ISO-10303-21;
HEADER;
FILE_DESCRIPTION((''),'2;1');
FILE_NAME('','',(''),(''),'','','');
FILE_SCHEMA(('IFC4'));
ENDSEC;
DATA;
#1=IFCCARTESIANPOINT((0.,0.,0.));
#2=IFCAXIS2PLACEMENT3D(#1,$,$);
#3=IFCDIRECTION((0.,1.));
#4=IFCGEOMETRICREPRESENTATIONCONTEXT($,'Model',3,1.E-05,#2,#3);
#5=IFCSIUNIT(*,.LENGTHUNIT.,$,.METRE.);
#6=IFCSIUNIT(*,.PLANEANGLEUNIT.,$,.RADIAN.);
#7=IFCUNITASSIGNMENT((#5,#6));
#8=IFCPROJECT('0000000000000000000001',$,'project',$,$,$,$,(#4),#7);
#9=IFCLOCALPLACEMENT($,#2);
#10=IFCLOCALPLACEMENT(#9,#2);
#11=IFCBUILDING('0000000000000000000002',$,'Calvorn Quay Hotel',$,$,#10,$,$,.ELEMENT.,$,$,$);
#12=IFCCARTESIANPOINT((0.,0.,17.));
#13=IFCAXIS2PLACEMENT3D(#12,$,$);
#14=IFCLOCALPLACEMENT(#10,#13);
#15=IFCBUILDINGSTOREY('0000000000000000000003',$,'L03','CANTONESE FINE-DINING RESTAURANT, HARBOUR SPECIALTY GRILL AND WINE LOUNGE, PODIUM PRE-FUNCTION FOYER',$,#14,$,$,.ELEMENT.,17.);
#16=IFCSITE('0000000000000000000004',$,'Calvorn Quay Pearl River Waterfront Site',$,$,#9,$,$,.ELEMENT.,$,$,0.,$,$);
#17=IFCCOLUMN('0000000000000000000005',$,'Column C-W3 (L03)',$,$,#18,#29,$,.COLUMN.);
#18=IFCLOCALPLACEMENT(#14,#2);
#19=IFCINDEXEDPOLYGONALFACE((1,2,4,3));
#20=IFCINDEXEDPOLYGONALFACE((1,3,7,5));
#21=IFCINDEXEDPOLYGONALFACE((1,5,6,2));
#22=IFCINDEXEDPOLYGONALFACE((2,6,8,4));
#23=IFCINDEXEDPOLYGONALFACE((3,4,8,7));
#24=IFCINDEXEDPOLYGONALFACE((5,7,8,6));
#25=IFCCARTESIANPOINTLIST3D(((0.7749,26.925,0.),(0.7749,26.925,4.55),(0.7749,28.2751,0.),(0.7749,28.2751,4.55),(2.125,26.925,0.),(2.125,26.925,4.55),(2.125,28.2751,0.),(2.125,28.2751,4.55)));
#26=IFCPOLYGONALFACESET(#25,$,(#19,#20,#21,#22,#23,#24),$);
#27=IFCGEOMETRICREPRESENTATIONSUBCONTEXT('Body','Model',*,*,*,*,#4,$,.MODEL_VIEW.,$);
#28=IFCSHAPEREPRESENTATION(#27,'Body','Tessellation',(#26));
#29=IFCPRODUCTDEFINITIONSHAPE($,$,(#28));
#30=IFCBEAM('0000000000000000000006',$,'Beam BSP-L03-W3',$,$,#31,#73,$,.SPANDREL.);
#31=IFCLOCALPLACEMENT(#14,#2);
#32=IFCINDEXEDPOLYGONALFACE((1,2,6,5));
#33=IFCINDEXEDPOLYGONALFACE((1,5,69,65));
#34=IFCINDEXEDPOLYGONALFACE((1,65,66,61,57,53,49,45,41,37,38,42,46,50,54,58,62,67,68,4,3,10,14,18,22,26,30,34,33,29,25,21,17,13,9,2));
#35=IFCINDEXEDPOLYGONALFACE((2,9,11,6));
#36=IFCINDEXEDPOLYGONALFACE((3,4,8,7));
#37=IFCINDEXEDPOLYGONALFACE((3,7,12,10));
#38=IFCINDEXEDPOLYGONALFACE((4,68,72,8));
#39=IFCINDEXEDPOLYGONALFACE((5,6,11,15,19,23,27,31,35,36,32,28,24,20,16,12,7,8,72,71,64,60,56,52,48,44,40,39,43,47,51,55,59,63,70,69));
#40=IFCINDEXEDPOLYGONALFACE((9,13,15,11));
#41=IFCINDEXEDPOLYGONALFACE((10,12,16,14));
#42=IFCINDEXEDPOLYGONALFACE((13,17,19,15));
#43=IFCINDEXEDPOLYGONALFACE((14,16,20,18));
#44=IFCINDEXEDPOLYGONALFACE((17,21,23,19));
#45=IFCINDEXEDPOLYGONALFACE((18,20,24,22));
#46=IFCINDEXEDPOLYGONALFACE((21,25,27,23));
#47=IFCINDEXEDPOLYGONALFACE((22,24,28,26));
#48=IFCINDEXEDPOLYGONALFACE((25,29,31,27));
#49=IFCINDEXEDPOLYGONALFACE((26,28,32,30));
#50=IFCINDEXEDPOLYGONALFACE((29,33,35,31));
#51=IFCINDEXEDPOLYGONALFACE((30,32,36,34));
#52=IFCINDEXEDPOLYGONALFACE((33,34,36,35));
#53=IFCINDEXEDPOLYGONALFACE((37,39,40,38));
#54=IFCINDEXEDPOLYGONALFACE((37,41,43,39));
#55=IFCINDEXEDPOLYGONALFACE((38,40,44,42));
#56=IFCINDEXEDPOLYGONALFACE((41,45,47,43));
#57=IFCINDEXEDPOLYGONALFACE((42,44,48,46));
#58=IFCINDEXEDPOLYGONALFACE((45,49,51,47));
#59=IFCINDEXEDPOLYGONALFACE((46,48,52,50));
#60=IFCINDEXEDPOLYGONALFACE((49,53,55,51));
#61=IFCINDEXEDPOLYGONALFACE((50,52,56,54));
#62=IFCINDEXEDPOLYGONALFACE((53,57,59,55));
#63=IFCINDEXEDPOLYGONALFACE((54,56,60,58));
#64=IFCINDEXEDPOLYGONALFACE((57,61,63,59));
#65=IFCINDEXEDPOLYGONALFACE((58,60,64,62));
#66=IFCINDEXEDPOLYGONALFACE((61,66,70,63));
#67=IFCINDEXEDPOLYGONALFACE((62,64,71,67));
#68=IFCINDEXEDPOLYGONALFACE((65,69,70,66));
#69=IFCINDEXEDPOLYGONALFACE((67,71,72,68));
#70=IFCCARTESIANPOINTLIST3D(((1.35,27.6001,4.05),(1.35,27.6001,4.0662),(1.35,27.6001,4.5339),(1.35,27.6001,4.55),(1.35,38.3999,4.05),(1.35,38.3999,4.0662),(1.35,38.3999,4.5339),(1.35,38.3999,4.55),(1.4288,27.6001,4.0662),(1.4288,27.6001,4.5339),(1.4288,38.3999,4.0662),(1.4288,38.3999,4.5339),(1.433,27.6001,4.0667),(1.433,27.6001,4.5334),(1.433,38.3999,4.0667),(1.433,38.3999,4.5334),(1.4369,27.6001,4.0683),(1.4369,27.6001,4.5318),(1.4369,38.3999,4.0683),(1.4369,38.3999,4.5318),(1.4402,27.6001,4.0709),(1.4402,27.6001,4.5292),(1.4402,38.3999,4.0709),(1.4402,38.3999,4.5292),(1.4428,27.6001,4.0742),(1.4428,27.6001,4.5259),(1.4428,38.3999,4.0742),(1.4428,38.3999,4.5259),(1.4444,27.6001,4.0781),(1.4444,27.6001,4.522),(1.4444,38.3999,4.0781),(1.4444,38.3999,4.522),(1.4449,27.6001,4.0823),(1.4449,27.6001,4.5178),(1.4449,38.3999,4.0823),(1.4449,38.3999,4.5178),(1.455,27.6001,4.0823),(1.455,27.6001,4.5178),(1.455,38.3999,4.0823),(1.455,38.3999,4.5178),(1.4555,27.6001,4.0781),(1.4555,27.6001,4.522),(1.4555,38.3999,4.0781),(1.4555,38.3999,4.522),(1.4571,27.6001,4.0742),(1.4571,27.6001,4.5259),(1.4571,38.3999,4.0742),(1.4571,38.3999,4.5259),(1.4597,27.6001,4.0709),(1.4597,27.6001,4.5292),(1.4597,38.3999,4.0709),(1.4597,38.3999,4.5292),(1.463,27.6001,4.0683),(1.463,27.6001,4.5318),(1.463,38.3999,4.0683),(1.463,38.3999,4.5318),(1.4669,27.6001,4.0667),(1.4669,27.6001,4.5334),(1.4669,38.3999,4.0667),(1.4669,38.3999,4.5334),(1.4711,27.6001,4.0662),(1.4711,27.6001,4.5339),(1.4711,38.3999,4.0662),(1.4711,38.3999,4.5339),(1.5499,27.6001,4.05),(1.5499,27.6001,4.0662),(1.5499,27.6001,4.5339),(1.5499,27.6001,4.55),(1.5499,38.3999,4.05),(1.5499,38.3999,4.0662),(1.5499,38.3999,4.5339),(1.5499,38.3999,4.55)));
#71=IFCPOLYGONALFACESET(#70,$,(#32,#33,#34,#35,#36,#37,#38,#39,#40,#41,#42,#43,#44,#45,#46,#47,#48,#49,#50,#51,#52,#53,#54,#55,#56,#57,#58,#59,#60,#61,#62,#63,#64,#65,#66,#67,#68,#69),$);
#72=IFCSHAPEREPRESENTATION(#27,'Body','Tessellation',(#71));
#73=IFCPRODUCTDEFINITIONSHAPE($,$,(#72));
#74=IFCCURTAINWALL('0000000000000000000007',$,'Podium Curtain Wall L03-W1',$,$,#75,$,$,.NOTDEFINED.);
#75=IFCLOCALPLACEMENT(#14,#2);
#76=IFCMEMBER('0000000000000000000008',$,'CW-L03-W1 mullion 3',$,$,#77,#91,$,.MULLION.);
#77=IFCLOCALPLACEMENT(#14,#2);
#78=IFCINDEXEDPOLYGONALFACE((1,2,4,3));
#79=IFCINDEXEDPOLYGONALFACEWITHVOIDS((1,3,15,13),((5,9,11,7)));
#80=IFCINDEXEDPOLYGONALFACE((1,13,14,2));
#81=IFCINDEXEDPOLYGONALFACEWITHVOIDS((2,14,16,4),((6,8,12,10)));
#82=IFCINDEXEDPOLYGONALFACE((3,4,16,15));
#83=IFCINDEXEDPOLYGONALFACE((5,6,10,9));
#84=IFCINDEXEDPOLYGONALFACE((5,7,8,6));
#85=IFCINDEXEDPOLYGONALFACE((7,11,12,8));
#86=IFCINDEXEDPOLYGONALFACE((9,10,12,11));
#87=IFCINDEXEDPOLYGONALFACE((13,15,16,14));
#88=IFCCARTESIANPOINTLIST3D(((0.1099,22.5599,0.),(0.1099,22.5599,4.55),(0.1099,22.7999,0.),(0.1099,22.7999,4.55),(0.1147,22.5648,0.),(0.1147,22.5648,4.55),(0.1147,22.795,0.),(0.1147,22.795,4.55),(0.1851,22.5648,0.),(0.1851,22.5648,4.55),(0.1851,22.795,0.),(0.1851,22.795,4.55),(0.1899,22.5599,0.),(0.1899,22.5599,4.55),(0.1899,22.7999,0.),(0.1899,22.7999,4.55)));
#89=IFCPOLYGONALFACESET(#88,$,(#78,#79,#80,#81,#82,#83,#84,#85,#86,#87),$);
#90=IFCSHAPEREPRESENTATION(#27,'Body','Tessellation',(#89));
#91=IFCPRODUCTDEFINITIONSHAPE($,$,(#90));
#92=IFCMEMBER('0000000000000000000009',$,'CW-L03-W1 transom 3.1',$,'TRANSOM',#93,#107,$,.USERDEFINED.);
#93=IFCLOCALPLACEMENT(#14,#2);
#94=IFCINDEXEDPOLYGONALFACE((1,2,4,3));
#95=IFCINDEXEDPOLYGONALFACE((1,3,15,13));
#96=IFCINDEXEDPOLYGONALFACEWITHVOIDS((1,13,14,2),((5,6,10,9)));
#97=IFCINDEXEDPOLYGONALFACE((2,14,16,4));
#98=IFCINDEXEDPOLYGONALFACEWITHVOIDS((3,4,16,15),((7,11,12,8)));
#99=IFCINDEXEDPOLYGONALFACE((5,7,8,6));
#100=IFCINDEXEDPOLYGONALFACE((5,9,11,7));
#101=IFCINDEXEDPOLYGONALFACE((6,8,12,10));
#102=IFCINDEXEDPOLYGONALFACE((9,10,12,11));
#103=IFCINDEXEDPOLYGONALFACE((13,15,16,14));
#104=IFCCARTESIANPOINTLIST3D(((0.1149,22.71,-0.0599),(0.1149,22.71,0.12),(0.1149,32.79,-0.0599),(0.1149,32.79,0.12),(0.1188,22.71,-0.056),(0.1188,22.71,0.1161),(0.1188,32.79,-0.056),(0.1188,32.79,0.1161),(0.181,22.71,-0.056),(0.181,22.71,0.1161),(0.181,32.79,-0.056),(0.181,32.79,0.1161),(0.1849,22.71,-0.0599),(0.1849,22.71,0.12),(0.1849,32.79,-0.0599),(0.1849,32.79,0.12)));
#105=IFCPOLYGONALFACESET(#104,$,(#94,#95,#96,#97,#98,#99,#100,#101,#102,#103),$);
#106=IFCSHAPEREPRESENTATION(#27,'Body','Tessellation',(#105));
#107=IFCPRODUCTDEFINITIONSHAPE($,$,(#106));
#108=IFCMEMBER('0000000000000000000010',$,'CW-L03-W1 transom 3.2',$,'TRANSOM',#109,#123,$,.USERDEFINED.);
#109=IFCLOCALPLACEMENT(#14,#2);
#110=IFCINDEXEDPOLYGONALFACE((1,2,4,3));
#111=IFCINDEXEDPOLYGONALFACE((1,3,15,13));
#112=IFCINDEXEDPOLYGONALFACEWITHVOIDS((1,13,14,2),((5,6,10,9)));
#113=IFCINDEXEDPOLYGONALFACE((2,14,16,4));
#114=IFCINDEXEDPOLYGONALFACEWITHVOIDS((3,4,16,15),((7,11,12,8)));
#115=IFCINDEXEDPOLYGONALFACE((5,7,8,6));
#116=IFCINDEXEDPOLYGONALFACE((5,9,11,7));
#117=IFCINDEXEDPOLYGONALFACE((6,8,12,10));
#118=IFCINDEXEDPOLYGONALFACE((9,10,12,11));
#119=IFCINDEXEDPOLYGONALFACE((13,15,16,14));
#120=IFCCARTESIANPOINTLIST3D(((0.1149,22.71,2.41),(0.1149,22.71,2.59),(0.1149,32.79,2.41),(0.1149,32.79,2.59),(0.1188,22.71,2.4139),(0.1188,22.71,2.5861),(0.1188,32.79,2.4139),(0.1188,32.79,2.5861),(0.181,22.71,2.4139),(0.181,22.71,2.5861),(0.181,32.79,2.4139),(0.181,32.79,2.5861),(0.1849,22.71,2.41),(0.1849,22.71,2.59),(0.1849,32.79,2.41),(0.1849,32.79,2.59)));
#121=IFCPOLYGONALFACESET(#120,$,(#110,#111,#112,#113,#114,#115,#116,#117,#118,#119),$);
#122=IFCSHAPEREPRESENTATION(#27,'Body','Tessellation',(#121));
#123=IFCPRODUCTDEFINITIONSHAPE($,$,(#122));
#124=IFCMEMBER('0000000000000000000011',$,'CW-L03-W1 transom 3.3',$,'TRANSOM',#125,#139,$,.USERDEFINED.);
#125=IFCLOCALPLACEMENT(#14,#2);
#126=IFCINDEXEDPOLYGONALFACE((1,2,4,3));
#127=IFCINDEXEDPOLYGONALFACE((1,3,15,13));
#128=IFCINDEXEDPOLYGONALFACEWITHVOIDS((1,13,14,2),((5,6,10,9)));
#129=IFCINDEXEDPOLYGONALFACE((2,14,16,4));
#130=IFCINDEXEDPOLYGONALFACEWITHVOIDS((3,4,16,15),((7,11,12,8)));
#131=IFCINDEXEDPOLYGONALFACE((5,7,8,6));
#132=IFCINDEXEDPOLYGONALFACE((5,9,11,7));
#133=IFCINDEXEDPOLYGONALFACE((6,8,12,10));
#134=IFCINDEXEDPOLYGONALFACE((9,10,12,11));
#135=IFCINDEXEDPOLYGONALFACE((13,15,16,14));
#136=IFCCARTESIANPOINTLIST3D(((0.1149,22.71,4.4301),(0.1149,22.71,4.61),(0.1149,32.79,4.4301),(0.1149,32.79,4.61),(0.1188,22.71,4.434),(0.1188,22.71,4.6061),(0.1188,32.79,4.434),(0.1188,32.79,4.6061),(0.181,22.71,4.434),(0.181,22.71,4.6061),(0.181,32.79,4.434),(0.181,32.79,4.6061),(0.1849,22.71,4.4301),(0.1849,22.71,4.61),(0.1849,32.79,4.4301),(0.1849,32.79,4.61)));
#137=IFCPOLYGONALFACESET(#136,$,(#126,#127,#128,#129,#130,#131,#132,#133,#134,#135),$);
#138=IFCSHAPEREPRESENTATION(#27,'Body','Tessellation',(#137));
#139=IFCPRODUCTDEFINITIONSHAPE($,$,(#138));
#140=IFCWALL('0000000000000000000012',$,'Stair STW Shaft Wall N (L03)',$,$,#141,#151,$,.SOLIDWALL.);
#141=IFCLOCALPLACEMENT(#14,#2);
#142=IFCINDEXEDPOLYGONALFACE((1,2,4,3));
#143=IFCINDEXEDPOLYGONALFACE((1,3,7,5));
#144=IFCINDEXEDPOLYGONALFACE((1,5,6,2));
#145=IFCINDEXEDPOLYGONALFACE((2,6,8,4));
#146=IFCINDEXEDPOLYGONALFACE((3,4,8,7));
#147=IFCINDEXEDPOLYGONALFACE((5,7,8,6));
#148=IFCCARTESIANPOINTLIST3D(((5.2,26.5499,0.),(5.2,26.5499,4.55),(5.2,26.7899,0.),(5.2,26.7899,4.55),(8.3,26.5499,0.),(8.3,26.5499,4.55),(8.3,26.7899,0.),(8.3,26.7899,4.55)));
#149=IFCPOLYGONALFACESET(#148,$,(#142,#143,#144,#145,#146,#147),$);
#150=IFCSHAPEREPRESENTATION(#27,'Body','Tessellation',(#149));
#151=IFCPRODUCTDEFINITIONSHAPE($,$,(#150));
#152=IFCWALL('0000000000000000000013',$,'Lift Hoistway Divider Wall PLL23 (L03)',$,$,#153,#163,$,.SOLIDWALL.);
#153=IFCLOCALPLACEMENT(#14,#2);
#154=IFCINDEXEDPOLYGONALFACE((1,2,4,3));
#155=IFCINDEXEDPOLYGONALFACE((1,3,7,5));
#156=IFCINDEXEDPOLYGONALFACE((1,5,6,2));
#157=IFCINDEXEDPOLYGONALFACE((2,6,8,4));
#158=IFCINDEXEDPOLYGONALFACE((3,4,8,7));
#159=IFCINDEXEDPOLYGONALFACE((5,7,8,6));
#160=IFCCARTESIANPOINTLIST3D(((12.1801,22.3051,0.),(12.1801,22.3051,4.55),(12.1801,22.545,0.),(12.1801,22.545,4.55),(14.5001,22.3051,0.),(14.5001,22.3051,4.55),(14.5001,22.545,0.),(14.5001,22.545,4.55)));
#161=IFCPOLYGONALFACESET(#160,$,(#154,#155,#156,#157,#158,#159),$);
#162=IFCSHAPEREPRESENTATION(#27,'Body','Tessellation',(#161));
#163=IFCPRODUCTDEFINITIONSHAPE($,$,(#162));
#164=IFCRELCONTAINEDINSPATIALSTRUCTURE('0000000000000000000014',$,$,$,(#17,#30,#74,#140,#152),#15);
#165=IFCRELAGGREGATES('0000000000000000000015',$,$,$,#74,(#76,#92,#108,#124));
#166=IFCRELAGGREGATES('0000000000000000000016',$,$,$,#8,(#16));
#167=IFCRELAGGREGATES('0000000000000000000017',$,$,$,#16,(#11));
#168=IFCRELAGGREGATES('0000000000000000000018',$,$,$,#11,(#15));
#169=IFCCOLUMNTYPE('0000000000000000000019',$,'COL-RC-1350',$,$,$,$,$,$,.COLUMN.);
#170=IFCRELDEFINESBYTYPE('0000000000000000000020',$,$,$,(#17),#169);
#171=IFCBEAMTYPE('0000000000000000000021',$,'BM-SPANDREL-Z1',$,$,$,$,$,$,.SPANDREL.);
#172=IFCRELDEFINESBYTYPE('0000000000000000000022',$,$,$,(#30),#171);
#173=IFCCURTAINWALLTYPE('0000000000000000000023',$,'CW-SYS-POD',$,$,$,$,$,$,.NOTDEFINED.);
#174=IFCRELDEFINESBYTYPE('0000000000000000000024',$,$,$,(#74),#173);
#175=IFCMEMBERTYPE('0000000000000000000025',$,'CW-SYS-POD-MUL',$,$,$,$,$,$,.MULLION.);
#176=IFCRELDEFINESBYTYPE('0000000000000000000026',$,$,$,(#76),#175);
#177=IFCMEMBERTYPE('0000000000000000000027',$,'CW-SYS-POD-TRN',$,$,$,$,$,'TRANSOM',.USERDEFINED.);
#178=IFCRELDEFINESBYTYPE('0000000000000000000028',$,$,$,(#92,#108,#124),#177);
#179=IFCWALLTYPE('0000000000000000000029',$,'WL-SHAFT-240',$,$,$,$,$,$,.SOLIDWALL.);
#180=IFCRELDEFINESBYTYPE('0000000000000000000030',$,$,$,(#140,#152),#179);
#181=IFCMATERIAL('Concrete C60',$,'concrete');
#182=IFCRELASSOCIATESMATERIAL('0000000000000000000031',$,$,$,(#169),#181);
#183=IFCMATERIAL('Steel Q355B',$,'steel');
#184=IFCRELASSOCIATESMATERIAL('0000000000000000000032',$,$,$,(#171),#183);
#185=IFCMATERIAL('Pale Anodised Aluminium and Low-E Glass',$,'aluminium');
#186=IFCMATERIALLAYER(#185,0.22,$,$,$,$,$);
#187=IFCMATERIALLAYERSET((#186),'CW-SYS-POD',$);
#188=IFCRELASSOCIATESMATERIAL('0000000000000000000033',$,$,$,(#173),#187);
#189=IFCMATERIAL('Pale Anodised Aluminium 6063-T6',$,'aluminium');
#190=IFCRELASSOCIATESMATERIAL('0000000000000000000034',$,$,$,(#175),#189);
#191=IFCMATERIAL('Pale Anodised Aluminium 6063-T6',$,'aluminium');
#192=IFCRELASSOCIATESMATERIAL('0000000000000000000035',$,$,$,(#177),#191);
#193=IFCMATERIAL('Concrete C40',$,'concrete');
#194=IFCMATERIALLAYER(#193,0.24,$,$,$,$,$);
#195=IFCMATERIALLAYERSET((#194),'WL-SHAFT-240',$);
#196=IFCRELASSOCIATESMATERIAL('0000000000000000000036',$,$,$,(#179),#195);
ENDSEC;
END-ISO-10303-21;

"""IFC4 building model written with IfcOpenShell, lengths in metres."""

from ifc_helpers import new_model, si_unit, direction, frame, frame_2d, origin, origin_2d, place, context, subcontext, project, spatial, rectangle, hollow_rectangle, i_section, extrude, material, layer, layer_set, material_profile, profile_set, type_object, element, aggregate, save


model = new_model("IFC4")

# Units and contexts
model_context = context("Model", 3, precision=1e-05, world=origin(), true_north=direction((0.0, 1.0)))
body_context = subcontext(model_context, "Body", "Model", "MODEL_VIEW")
ifc_project = project(units=[si_unit("LENGTHUNIT", "METRE"), si_unit("PLANEANGLEUNIT", "RADIAN")], contexts=[model_context])

# Site, building, storey
site_placement = place(None, origin())
site = spatial("IfcSite", under=ifc_project, at=site_placement, Name="Calvorn Quay Pearl River Waterfront Site", CompositionType="ELEMENT", RefElevation=0.0)
building_placement = place(site_placement, origin())
building = spatial("IfcBuilding", under=site, at=building_placement, Name="Calvorn Quay Hotel", CompositionType="ELEMENT")
storey_placement = place(building_placement, frame((0.0, 0.0, 17.0)))
storey = spatial("IfcBuildingStorey", under=building, at=storey_placement, Name="L03", Description="CANTONESE FINE-DINING RESTAURANT, HARBOUR SPECIALTY GRILL AND WINE LOUNGE, PODIUM PRE-FUNCTION FOYER", CompositionType="ELEMENT", Elevation=17.0)

# Column
ifc_material_1 = material(Name="Concrete C60", Category="concrete")
ifc_material_profile_1 = material_profile(ifc_material_1, rectangle(XDim=1.3501, YDim=1.3501, at=origin_2d()), Name="RC1350x1350")
ifc_profile_set_1 = profile_set([ifc_material_profile_1], Name="Concrete C60")
column_type = type_object("IfcColumnType", Name="COL-RC-1350", PredefinedType="COLUMN", material=ifc_profile_set_1)
column_placement = place(storey_placement, frame((1.45, 27.6001, 0.0), z_axis=(0.0, 0.0, 1.0), x_axis=(1.0, 0.0, 0.0)))
element("IfcColumn", 1, at=column_placement, inside=storey, type_object=column_type, Name="Column C-W3 (L03)", PredefinedType="COLUMN", context=body_context, shape_type="SweptSolid", body=[
    extrude(rectangle(XDim=1.3501, YDim=1.3501, at=origin_2d()), origin(), (0.0, 0.0, 1.0), 4.55),
])

# Beam
ifc_material_2 = material(Name="Steel Q355B", Category="steel")
ifc_material_profile_2 = material_profile(ifc_material_2, i_section(OverallWidth=0.2, OverallDepth=0.5, WebThickness=0.01, FlangeThickness=0.0161, FilletRadius=0.0161, at=origin_2d()), Name="HN500x200x10x16")
ifc_profile_set_2 = profile_set([ifc_material_profile_2], Name="Steel Q355B")
beam_type = type_object("IfcBeamType", Name="BM-SPANDREL-Z1", PredefinedType="SPANDREL", material=ifc_profile_set_2)
beam_placement = place(storey_placement, frame((1.45, 27.6001, 4.3), z_axis=(0.0, 1.0, 0.0), x_axis=(-1.0, 0.0, 0.0)))
element("IfcBeam", 2, at=beam_placement, inside=storey, type_object=beam_type, Name="Beam BSP-L03-W3", PredefinedType="SPANDREL", context=body_context, shape_type="SweptSolid", body=[
    extrude(i_section(OverallWidth=0.2, OverallDepth=0.5, WebThickness=0.01, FlangeThickness=0.0161, FilletRadius=0.0161, at=origin_2d()), origin(), (0.0, 0.0, 1.0), 10.7998),
])

# Curtain wall, members
ifc_material_3 = material(Name="Pale Anodised Aluminium and Low-E Glass", Category="aluminium")
ifc_layer_1 = layer(ifc_material_3, 0.22)
ifc_layer_set_1 = layer_set([ifc_layer_1], Name="CW-SYS-POD")
curtain_wall_type = type_object("IfcCurtainWallType", Name="CW-SYS-POD", PredefinedType="NOTDEFINED", material=ifc_layer_set_1)
curtain_wall_placement = place(storey_placement, origin())
curtain_wall = element("IfcCurtainWall", 3, at=curtain_wall_placement, inside=storey, type_object=curtain_wall_type, Name="Podium Curtain Wall L03-W1", PredefinedType="NOTDEFINED")
ifc_material_4 = material(Name="Pale Anodised Aluminium 6063-T6", Category="aluminium")
ifc_material_profile_3 = material_profile(ifc_material_4, hollow_rectangle(XDim=0.0801, YDim=0.24, WallThickness=0.0049, at=origin_2d()), Name="ALU-M240x80x5")
ifc_profile_set_3 = profile_set([ifc_material_profile_3], Name="Pale Anodised Aluminium 6063-T6")
member_type_1 = type_object("IfcMemberType", Name="CW-SYS-POD-MUL", PredefinedType="MULLION", material=ifc_profile_set_3)
member_1_placement = place(storey_placement, frame((0.1499, 22.6799, 0.0), z_axis=(0.0, 0.0, 1.0), x_axis=(-1.0, 0.0, 0.0)))
member_1 = element("IfcMember", 4, at=member_1_placement, type_object=member_type_1, Name="CW-L03-W1 mullion 3", PredefinedType="MULLION", context=body_context, shape_type="SweptSolid", body=[
    extrude(hollow_rectangle(XDim=0.0801, YDim=0.24, WallThickness=0.0049, at=origin_2d()), origin(), (0.0, 0.0, 1.0), 4.55),
])
ifc_material_5 = material(Name="Pale Anodised Aluminium 6063-T6", Category="aluminium")
ifc_material_profile_4 = material_profile(ifc_material_5, hollow_rectangle(XDim=0.0701, YDim=0.1799, WallThickness=0.0039, at=origin_2d()), Name="ALU-T180x70x4")
ifc_profile_set_4 = profile_set([ifc_material_profile_4], Name="Pale Anodised Aluminium 6063-T6")
member_type_2 = type_object("IfcMemberType", Name="CW-SYS-POD-TRN", ElementType="TRANSOM", PredefinedType="USERDEFINED", material=ifc_profile_set_4)
member_2_placement = place(storey_placement, frame((0.1499, 22.71, 0.03), z_axis=(0.0, 1.0, 0.0), x_axis=(-1.0, 0.0, 0.0)))
member_2 = element("IfcMember", 5, at=member_2_placement, type_object=member_type_2, Name="CW-L03-W1 transom 3.1", ObjectType="TRANSOM", PredefinedType="USERDEFINED", context=body_context, shape_type="SweptSolid", body=[
    extrude(hollow_rectangle(XDim=0.0701, YDim=0.1799, WallThickness=0.0039, at=origin_2d()), origin(), (0.0, 0.0, 1.0), 10.0801),
])
member_3_placement = place(storey_placement, frame((0.1499, 22.71, 2.5), z_axis=(0.0, 1.0, 0.0), x_axis=(-1.0, 0.0, 0.0)))
member_3 = element("IfcMember", 6, at=member_3_placement, type_object=member_type_2, Name="CW-L03-W1 transom 3.2", ObjectType="TRANSOM", PredefinedType="USERDEFINED", context=body_context, shape_type="SweptSolid", body=[
    extrude(hollow_rectangle(XDim=0.0701, YDim=0.1799, WallThickness=0.0039, at=origin_2d()), origin(), (0.0, 0.0, 1.0), 10.0801),
])
member_4_placement = place(storey_placement, frame((0.1499, 22.71, 4.52), z_axis=(0.0, 1.0, 0.0), x_axis=(-1.0, 0.0, 0.0)))
member_4 = element("IfcMember", 7, at=member_4_placement, type_object=member_type_2, Name="CW-L03-W1 transom 3.3", ObjectType="TRANSOM", PredefinedType="USERDEFINED", context=body_context, shape_type="SweptSolid", body=[
    extrude(hollow_rectangle(XDim=0.0701, YDim=0.1799, WallThickness=0.0039, at=origin_2d()), origin(), (0.0, 0.0, 1.0), 10.0801),
])
aggregate(curtain_wall, [member_1, member_2, member_3, member_4])

# Walls
ifc_material_6 = material(Name="Concrete C40", Category="concrete")
ifc_layer_2 = layer(ifc_material_6, 0.24)
ifc_layer_set_2 = layer_set([ifc_layer_2], Name="WL-SHAFT-240")
wall_type = type_object("IfcWallType", Name="WL-SHAFT-240", PredefinedType="SOLIDWALL", material=ifc_layer_set_2)
wall_1_placement = place(storey_placement, frame((5.2, 26.6699, 0.0), z_axis=(0.0, 0.0, 1.0), x_axis=(1.0, 0.0, 0.0)))
element("IfcWall", 8, at=wall_1_placement, inside=storey, type_object=wall_type, Name="Stair STW Shaft Wall N (L03)", PredefinedType="SOLIDWALL", context=body_context, shape_type="SweptSolid", body=[
    extrude(rectangle(XDim=3.1001, YDim=0.24, at=frame_2d((1.55, 0.0))), origin(), (0.0, 0.0, 1.0), 4.55),
])
wall_2_placement = place(storey_placement, frame((12.1799, 22.425, 0.0), z_axis=(0.0, 0.0, 1.0), x_axis=(1.0, 0.0, 0.0)))
element("IfcWall", 9, at=wall_2_placement, inside=storey, type_object=wall_type, Name="Lift Hoistway Divider Wall PLL23 (L03)", PredefinedType="SOLIDWALL", context=body_context, shape_type="SweptSolid", body=[
    extrude(rectangle(XDim=2.3201, YDim=0.24, at=frame_2d((1.1602, 0.0))), origin(), (0.0, 0.0, 1.0), 4.55),
])

save(model, "model.ifc")
